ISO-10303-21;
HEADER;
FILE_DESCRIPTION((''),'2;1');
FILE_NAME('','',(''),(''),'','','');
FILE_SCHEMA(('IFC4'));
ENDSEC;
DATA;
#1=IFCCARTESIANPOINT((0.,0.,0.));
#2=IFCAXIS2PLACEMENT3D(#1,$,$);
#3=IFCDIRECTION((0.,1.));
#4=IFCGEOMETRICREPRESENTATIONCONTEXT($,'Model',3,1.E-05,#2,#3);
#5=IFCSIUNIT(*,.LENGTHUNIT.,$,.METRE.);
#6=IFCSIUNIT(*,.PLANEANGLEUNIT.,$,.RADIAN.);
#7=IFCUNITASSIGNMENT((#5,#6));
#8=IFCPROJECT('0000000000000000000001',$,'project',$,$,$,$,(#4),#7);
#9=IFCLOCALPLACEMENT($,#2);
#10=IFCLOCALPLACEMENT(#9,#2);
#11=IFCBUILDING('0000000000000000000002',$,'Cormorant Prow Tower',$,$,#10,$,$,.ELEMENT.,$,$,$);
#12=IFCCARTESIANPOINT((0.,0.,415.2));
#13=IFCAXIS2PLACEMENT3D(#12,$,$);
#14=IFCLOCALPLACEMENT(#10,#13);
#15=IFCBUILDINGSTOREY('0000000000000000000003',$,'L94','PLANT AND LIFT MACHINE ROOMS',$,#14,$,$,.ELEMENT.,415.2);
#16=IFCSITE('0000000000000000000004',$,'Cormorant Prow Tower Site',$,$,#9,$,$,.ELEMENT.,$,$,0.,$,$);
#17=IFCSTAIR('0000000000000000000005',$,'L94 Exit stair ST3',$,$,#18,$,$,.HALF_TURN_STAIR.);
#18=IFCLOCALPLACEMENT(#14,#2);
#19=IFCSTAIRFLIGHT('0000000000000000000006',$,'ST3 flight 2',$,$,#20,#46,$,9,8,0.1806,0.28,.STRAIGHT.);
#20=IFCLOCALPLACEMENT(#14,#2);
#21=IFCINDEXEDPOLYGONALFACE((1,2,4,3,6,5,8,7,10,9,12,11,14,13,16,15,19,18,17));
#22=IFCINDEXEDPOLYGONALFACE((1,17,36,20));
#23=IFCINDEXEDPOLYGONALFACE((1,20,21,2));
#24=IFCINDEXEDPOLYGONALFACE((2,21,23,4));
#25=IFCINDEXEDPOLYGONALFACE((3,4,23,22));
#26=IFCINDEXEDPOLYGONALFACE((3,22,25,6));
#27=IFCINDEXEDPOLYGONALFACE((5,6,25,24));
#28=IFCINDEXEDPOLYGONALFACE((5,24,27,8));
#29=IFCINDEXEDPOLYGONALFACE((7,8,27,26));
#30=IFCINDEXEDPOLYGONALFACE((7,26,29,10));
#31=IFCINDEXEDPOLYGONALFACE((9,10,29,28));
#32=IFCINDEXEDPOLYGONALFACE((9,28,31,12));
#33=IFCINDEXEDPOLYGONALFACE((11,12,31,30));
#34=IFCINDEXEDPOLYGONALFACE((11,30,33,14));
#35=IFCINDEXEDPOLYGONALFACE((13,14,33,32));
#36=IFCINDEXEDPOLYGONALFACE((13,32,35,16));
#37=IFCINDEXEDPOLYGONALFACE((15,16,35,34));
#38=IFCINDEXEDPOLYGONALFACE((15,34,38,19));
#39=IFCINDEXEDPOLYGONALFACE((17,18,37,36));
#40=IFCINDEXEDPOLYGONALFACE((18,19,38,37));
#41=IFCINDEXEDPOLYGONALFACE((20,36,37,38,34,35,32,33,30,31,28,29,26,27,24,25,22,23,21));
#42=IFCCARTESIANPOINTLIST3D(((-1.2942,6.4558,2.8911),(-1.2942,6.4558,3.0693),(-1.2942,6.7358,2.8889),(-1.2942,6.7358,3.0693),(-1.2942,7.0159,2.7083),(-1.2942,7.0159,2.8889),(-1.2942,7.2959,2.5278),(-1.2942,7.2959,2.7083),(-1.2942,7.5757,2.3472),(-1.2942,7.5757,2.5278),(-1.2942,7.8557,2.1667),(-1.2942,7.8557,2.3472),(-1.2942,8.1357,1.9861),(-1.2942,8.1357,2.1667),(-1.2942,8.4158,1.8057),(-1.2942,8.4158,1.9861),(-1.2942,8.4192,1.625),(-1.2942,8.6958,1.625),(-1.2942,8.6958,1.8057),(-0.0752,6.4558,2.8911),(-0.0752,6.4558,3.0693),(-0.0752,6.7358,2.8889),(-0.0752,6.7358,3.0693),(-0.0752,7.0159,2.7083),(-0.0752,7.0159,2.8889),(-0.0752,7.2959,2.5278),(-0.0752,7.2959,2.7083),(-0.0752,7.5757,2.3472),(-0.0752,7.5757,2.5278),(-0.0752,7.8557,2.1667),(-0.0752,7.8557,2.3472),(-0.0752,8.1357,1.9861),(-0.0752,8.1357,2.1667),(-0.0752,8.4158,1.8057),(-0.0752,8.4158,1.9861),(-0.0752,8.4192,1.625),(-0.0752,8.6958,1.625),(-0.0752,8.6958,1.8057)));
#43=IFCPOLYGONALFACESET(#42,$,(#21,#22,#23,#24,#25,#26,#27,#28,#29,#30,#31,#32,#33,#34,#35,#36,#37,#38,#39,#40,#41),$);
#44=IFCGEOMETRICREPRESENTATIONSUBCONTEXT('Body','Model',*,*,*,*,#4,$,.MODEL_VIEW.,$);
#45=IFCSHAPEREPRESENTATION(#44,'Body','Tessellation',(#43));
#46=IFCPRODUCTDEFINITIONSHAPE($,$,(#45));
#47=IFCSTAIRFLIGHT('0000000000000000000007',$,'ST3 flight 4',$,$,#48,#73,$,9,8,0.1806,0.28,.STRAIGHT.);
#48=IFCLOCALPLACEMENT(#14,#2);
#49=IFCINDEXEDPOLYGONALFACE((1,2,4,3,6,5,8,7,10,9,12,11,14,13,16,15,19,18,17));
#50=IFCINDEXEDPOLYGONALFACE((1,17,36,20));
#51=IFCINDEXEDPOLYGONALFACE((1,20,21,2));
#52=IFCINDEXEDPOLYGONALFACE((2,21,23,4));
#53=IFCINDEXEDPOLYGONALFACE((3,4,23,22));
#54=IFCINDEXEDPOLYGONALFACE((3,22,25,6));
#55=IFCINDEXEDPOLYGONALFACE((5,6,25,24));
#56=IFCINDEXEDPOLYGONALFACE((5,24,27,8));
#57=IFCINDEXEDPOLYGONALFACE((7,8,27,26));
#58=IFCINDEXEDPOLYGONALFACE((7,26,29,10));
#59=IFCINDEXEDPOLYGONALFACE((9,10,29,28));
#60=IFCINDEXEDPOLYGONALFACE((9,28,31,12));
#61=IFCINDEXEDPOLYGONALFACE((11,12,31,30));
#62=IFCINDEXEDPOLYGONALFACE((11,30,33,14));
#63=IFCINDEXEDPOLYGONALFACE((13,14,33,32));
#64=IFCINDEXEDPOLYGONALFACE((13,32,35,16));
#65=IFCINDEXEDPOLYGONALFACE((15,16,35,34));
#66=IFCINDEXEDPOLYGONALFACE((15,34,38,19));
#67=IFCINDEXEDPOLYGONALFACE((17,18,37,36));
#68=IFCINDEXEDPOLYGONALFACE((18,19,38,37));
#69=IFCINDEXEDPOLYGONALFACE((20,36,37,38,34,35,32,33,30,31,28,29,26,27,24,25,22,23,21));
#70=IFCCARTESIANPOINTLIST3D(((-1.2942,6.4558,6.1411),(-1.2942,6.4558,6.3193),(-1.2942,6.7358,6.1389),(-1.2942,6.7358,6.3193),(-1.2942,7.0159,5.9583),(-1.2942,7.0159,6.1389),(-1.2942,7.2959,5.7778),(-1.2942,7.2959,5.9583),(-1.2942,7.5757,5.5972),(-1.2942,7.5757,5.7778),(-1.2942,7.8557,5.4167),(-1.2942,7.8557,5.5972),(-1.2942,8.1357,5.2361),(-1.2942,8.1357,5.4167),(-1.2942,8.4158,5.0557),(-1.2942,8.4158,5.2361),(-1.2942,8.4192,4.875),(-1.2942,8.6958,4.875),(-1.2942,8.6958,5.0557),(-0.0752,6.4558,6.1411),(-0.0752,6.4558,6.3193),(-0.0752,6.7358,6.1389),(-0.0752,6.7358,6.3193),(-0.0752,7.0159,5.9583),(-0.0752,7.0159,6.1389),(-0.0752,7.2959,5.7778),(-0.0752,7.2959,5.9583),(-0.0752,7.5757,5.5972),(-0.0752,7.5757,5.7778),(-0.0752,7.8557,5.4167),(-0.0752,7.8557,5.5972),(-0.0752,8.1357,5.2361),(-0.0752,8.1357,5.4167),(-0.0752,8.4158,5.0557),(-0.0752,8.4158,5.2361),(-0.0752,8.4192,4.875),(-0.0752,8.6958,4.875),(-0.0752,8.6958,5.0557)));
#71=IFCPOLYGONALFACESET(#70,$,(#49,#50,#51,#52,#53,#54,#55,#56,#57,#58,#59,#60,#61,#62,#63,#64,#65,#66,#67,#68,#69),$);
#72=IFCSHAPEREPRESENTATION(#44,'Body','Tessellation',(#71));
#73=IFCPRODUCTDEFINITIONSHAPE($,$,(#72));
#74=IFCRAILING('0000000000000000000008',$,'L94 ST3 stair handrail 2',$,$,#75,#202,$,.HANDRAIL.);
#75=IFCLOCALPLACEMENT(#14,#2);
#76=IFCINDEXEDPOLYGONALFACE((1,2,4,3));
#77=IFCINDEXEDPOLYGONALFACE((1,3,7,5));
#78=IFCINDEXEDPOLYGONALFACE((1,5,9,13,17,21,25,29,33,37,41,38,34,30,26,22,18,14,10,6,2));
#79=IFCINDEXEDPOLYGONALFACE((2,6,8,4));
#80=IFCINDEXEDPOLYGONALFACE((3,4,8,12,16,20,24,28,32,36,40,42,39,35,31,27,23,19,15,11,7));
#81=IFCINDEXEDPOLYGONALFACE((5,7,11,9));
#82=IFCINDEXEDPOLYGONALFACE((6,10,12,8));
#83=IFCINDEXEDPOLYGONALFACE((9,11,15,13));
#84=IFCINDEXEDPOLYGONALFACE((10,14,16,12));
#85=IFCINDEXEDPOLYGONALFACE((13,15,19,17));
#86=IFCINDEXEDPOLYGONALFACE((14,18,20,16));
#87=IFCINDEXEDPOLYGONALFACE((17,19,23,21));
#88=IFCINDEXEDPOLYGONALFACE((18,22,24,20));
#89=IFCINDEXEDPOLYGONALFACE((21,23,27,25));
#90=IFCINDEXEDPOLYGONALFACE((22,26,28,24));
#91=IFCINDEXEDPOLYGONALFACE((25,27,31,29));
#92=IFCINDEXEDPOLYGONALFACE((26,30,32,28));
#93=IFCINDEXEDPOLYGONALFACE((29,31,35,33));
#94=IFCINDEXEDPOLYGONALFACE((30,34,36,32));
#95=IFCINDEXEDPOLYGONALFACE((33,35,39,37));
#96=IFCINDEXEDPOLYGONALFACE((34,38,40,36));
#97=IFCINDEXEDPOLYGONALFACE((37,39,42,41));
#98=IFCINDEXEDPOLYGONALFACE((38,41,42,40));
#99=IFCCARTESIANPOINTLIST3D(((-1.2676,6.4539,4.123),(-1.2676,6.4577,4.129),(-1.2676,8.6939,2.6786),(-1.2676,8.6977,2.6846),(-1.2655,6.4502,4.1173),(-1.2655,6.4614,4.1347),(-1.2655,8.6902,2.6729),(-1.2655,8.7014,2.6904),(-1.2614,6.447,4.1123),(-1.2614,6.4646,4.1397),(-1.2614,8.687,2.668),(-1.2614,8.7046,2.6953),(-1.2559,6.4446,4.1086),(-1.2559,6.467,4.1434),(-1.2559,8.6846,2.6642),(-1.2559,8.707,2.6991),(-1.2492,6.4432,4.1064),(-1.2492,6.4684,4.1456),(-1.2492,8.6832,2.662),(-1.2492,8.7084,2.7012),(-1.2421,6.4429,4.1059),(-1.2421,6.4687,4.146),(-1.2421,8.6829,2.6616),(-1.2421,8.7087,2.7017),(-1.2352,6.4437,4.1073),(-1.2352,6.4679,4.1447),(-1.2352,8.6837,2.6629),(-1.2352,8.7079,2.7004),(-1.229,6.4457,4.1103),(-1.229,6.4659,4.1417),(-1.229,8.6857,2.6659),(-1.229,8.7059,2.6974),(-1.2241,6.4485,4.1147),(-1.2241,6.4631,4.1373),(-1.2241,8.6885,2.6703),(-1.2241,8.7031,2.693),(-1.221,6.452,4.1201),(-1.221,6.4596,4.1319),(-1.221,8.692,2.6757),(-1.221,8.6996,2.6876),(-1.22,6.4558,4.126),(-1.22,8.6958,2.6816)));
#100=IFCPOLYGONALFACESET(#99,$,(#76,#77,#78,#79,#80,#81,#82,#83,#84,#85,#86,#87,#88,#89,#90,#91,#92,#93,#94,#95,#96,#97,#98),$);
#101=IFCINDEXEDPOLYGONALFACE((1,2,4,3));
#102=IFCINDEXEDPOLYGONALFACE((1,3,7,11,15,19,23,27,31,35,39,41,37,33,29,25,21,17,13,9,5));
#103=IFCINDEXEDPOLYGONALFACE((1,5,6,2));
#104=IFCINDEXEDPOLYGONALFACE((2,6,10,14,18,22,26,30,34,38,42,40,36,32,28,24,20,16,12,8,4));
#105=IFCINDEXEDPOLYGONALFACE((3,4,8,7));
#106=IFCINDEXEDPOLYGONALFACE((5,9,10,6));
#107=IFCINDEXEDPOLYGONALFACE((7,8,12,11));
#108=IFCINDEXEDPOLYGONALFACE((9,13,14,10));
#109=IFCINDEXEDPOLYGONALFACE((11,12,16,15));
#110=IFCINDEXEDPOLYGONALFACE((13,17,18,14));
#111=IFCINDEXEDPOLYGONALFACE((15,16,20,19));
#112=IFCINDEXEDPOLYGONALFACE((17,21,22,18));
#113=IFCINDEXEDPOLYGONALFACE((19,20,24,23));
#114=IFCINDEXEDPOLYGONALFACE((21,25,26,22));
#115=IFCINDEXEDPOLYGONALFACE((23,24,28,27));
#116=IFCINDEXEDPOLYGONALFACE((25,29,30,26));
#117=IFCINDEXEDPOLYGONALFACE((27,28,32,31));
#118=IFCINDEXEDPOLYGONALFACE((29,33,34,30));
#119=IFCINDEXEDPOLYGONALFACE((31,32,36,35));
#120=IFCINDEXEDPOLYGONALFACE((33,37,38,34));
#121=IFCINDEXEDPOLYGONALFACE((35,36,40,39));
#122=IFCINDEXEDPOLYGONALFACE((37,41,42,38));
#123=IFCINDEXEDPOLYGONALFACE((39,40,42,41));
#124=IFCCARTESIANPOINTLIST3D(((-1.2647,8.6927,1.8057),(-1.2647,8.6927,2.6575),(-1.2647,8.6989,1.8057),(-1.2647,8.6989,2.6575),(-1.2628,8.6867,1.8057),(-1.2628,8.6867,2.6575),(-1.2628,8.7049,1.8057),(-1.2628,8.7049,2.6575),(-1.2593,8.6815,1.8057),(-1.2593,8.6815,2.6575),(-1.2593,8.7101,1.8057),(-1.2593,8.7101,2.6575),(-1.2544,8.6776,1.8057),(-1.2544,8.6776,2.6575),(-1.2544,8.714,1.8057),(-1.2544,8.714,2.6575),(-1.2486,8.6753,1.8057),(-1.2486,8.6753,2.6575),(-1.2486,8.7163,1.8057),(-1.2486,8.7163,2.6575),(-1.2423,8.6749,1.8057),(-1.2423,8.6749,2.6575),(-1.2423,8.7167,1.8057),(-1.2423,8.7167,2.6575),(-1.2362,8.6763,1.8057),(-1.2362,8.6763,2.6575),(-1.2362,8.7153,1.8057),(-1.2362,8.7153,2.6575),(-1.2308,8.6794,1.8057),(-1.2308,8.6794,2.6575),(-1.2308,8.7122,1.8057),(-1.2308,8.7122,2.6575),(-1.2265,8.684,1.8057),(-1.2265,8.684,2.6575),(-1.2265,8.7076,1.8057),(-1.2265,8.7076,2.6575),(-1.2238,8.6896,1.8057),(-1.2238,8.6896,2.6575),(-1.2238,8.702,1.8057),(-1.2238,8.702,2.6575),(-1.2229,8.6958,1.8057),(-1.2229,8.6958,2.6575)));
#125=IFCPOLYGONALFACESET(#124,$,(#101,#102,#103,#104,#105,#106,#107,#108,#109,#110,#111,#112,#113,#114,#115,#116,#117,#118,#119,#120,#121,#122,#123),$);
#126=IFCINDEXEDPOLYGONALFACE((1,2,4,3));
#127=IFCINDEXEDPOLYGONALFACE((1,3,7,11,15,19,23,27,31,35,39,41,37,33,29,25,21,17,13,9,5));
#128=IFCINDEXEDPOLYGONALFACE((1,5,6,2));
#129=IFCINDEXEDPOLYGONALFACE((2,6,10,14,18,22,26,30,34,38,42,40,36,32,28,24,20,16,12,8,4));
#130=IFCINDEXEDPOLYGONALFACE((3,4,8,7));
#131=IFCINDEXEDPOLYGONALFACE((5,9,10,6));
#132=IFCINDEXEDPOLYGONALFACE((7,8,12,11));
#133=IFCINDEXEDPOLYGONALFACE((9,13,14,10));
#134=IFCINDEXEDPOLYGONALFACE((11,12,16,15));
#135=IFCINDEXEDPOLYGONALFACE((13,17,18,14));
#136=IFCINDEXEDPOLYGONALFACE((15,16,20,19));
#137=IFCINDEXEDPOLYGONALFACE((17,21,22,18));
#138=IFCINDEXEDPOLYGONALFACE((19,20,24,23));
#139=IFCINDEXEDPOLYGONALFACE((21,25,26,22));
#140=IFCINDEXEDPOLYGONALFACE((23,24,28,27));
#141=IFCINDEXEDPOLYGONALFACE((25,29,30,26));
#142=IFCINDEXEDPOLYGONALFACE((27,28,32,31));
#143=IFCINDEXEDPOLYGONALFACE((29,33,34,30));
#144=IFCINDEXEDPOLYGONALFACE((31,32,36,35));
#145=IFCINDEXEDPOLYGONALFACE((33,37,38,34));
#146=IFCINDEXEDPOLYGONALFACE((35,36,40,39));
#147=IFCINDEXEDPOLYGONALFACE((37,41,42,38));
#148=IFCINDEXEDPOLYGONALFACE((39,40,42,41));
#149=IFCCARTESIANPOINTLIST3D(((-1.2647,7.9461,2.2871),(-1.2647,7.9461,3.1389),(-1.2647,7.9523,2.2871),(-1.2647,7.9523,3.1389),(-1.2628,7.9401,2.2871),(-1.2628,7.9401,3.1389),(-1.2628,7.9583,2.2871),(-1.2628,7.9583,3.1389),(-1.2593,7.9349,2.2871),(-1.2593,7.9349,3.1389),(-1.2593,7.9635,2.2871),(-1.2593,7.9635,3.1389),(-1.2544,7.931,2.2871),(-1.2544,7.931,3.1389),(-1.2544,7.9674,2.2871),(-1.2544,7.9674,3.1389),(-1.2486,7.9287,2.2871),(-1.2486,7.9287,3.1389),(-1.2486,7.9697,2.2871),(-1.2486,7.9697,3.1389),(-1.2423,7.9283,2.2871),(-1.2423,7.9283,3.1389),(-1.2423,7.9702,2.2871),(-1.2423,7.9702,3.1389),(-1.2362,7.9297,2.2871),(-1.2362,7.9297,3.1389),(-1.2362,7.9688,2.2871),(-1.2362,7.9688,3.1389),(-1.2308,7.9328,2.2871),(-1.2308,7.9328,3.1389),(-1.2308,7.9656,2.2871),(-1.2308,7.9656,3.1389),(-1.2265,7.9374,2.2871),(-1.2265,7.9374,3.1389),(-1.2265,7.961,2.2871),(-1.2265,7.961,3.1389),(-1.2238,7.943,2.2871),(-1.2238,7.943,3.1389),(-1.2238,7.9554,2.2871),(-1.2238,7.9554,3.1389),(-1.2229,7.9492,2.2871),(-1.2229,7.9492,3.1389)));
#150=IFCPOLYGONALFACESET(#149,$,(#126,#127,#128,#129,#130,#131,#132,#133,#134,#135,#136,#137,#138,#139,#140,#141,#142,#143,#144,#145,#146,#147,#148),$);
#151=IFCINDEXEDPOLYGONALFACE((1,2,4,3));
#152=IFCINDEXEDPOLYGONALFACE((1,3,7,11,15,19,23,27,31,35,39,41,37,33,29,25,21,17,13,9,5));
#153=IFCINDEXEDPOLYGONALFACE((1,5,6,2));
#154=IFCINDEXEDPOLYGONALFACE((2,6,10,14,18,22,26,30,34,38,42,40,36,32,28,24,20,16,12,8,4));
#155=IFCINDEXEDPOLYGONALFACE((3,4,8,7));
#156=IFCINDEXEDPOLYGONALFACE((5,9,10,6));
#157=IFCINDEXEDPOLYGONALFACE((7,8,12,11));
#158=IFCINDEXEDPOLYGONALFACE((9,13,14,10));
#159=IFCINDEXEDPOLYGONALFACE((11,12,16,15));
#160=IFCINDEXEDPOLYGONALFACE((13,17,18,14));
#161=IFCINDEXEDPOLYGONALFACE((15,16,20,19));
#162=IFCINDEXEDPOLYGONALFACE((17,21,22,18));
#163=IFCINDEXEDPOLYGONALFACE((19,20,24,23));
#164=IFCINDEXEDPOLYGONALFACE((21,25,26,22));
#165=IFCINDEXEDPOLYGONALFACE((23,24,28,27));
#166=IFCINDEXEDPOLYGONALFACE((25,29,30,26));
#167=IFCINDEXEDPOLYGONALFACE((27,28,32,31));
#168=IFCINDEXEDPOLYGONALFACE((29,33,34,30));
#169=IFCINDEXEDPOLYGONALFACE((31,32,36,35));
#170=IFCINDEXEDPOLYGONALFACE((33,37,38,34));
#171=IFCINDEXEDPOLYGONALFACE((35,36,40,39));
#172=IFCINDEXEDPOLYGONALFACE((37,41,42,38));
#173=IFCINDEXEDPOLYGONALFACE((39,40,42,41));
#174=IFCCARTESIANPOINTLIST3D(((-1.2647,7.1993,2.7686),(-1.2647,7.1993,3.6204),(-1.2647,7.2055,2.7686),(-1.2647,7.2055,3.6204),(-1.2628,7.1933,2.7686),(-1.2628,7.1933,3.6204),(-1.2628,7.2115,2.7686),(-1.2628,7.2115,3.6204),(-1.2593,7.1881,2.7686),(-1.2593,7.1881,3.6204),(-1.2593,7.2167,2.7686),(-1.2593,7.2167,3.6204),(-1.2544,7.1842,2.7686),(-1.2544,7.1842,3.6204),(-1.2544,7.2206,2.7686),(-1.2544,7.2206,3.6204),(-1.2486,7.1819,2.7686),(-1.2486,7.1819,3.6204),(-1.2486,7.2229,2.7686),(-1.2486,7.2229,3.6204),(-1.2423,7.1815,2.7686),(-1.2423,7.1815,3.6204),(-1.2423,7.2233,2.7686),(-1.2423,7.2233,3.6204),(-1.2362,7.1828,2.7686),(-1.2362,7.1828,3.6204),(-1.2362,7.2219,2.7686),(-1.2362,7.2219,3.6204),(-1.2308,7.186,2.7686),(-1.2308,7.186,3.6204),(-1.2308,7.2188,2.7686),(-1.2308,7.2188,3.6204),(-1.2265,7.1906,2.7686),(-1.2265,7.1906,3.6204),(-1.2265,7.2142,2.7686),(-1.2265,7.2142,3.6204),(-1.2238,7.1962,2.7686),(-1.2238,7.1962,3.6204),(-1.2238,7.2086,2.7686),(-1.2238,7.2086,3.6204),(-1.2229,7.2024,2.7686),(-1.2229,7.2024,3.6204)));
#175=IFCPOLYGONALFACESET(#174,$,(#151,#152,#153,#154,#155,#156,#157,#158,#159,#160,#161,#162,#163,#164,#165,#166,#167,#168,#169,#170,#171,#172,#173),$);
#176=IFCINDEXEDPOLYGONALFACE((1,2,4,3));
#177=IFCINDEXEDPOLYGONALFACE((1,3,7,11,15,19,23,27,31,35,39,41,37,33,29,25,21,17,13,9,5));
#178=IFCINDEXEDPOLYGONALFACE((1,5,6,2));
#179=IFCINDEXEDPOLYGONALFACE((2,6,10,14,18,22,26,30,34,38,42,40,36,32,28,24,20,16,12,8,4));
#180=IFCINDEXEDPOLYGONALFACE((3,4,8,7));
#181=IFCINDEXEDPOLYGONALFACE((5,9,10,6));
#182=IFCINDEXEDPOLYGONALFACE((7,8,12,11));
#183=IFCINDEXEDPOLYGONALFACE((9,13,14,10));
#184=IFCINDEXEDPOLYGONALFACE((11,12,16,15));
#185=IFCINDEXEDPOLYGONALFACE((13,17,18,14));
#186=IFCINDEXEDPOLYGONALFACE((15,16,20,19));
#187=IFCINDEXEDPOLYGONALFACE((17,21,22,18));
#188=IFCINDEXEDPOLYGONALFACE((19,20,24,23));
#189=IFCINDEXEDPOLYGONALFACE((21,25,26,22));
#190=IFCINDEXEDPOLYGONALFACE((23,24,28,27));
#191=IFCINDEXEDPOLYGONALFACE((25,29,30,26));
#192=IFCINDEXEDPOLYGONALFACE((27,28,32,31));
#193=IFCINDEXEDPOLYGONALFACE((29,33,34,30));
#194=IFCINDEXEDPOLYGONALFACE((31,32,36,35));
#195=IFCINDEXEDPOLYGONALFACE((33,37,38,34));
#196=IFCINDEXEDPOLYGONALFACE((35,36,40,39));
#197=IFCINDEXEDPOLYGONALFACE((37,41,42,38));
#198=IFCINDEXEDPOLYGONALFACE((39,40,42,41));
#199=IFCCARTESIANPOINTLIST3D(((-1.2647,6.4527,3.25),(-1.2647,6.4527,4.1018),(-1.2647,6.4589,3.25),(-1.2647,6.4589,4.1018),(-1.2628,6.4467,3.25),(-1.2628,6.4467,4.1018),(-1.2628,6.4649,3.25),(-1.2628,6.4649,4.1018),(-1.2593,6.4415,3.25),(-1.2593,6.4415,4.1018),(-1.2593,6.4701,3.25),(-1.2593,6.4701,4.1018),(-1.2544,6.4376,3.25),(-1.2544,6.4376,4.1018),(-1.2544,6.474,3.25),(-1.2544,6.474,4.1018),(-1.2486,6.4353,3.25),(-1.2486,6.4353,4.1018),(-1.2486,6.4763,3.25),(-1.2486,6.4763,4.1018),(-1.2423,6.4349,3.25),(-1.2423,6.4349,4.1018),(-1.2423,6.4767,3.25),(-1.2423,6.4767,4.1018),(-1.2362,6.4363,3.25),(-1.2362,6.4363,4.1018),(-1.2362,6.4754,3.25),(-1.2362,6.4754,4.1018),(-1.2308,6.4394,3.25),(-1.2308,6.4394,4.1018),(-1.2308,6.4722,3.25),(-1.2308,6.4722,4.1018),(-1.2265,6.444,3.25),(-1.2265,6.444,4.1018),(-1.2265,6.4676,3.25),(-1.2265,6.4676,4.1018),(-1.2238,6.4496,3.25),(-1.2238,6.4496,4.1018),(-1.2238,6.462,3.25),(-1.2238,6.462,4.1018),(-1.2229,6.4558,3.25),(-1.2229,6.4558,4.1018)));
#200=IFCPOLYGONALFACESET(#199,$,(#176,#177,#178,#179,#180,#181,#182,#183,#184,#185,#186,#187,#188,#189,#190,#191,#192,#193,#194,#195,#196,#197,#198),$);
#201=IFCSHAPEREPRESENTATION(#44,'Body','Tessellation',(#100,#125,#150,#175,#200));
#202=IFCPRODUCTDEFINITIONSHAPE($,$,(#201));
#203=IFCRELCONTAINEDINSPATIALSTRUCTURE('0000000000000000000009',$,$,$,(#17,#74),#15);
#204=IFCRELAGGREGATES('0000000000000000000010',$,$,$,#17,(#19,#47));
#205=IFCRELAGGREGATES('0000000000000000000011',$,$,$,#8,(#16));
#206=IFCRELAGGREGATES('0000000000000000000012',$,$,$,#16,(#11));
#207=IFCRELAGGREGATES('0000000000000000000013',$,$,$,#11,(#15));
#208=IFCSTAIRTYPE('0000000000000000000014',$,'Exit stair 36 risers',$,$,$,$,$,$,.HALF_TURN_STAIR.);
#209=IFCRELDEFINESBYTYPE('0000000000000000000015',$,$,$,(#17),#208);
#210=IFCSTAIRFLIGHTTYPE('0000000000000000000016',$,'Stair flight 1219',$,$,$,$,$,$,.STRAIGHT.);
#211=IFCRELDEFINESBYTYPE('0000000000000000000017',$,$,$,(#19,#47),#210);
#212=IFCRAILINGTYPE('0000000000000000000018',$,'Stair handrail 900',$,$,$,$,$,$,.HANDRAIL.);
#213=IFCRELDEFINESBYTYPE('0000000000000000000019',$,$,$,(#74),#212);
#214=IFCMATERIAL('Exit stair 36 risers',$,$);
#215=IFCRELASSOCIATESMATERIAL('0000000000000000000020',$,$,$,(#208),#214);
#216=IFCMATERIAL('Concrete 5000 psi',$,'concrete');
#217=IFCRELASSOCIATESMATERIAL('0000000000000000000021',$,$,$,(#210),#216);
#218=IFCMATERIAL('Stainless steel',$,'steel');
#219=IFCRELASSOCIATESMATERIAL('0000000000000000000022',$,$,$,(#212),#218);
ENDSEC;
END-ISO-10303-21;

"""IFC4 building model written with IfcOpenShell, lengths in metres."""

from ifc_helpers import new_model, si_unit, direction, frame, origin, origin_2d, place, context, subcontext, project, spatial, polyline, circle, outline, extrude, material, type_object, element, aggregate, save


model = new_model("IFC4")

# Units and contexts
model_context = context("Model", 3, precision=1e-05, world=origin(), true_north=direction((0.0, 1.0)))
body_context = subcontext(model_context, "Body", "Model", "MODEL_VIEW")
ifc_project = project(units=[si_unit("LENGTHUNIT", "METRE"), si_unit("PLANEANGLEUNIT", "RADIAN")], contexts=[model_context])

# Site, building, storey
site_placement = place(None, origin())
site = spatial("IfcSite", under=ifc_project, at=site_placement, Name="Cormorant Prow Tower Site", CompositionType="ELEMENT", RefElevation=0.0)
building_placement = place(site_placement, origin())
building = spatial("IfcBuilding", under=site, at=building_placement, Name="Cormorant Prow Tower", CompositionType="ELEMENT")
storey_placement = place(building_placement, frame((0.0, 0.0, 415.2)))
storey = spatial("IfcBuildingStorey", under=building, at=storey_placement, Name="L94", Description="PLANT AND LIFT MACHINE ROOMS", CompositionType="ELEMENT", Elevation=415.2)

# Stair, stair flights
ifc_material_1 = material(Name="Exit stair 36 risers")
stair_type = type_object("IfcStairType", Name="Exit stair 36 risers", PredefinedType="HALF_TURN_STAIR", material=ifc_material_1)
stair_placement = place(storey_placement, origin())
stair = element("IfcStair", 1, at=stair_placement, inside=storey, type_object=stair_type, Name="L94 Exit stair ST3", PredefinedType="HALF_TURN_STAIR")
ifc_material_2 = material(Name="Concrete 5000 psi", Category="concrete")
stair_flight_type = type_object("IfcStairFlightType", Name="Stair flight 1219", PredefinedType="STRAIGHT", material=ifc_material_2)
stair_flight_1_placement = place(storey_placement, frame((-0.6846, 8.6958, 1.625), z_axis=(0.0, 0.0, 1.0), x_axis=(0.0, -1.0, 0.0)))
stair_flight_1 = element("IfcStairFlight", 2, at=stair_flight_1_placement, type_object=stair_flight_type, Name="ST3 flight 2", NumberOfRisers=9, NumberOfTreads=8, PredefinedType="STRAIGHT", RiserHeight=0.1806, TreadLength=0.28, context=body_context, shape_type="SweptSolid", body=[
    extrude(outline(polyline([(0.0, 0.0), (0.0, 0.1807), (0.28, 0.1807), (0.28, 0.3611), (0.5601, 0.3611), (0.5601, 0.5417), (0.8401, 0.5417), (0.8401, 0.7222), (1.1201, 0.7222), (1.1201, 0.9028), (1.3999, 0.9028), (1.3999, 1.0833), (1.6799, 1.0833), (1.6799, 1.2639), (1.96, 1.2639), (1.96, 1.4443), (2.24, 1.4443), (2.24, 1.625), (2.24, 1.2661), (0.2766, 0.0), (0.0, 0.0)])), frame((0.0, 0.6094, 0.0), z_axis=(0.0, -1.0, 0.0), x_axis=(1.0, 0.0, 0.0)), (0.0, 0.0, 1.0), 1.219),
])
stair_flight_2_placement = place(storey_placement, frame((-0.6846, 8.6958, 4.875), z_axis=(0.0, 0.0, 1.0), x_axis=(0.0, -1.0, 0.0)))
stair_flight_2 = element("IfcStairFlight", 3, at=stair_flight_2_placement, type_object=stair_flight_type, Name="ST3 flight 4", NumberOfRisers=9, NumberOfTreads=8, PredefinedType="STRAIGHT", RiserHeight=0.1806, TreadLength=0.28, context=body_context, shape_type="SweptSolid", body=[
    extrude(outline(polyline([(0.0, 0.0), (0.0, 0.1807), (0.28, 0.1807), (0.28, 0.3611), (0.5601, 0.3611), (0.5601, 0.5417), (0.8401, 0.5417), (0.8401, 0.7222), (1.1201, 0.7222), (1.1201, 0.9028), (1.3999, 0.9028), (1.3999, 1.0833), (1.6799, 1.0833), (1.6799, 1.2639), (1.96, 1.2639), (1.96, 1.4443), (2.24, 1.4443), (2.24, 1.625), (2.24, 1.2661), (0.2766, 0.0), (0.0, 0.0)])), frame((0.0, 0.6094, 0.0), z_axis=(0.0, -1.0, 0.0), x_axis=(1.0, 0.0, 0.0)), (0.0, 0.0, 1.0), 1.219),
])
aggregate(stair, [stair_flight_1, stair_flight_2])

# Railing
ifc_material_3 = material(Name="Stainless steel", Category="steel")
railing_type = type_object("IfcRailingType", Name="Stair handrail 900", PredefinedType="HANDRAIL", material=ifc_material_3)
for number, where, name in (
    (4, (-1.2439, 8.6958, 1.8057), "L94 ST3 stair handrail 2"),
):
    element("IfcRailing", number, at=place(storey_placement, frame(where)), inside=storey, type_object=railing_type, Name=name, PredefinedType="HANDRAIL", context=body_context, shape_type="SweptSolid", body=[
        extrude(circle(Radius=0.0239, at=origin_2d()), frame((0.0, 0.0, 0.876), z_axis=(0.0, -0.840437, 0.54191), x_axis=(1.0, 0.0, 0.0)), (0.0, 0.0, 1.0), 2.6653),
        extrude(circle(Radius=0.021, at=origin_2d()), origin(), (0.0, 0.0, 1.0), 0.8518),
        extrude(circle(Radius=0.021, at=origin_2d()), frame((0.0, -0.7466, 0.4814)), (0.0, 0.0, 1.0), 0.8518),
        extrude(circle(Radius=0.021, at=origin_2d()), frame((0.0, -1.4934, 0.9629)), (0.0, 0.0, 1.0), 0.8518),
        extrude(circle(Radius=0.021, at=origin_2d()), frame((0.0, -2.24, 1.4443)), (0.0, 0.0, 1.0), 0.8518),
    ])

save(model, "model.ifc")
